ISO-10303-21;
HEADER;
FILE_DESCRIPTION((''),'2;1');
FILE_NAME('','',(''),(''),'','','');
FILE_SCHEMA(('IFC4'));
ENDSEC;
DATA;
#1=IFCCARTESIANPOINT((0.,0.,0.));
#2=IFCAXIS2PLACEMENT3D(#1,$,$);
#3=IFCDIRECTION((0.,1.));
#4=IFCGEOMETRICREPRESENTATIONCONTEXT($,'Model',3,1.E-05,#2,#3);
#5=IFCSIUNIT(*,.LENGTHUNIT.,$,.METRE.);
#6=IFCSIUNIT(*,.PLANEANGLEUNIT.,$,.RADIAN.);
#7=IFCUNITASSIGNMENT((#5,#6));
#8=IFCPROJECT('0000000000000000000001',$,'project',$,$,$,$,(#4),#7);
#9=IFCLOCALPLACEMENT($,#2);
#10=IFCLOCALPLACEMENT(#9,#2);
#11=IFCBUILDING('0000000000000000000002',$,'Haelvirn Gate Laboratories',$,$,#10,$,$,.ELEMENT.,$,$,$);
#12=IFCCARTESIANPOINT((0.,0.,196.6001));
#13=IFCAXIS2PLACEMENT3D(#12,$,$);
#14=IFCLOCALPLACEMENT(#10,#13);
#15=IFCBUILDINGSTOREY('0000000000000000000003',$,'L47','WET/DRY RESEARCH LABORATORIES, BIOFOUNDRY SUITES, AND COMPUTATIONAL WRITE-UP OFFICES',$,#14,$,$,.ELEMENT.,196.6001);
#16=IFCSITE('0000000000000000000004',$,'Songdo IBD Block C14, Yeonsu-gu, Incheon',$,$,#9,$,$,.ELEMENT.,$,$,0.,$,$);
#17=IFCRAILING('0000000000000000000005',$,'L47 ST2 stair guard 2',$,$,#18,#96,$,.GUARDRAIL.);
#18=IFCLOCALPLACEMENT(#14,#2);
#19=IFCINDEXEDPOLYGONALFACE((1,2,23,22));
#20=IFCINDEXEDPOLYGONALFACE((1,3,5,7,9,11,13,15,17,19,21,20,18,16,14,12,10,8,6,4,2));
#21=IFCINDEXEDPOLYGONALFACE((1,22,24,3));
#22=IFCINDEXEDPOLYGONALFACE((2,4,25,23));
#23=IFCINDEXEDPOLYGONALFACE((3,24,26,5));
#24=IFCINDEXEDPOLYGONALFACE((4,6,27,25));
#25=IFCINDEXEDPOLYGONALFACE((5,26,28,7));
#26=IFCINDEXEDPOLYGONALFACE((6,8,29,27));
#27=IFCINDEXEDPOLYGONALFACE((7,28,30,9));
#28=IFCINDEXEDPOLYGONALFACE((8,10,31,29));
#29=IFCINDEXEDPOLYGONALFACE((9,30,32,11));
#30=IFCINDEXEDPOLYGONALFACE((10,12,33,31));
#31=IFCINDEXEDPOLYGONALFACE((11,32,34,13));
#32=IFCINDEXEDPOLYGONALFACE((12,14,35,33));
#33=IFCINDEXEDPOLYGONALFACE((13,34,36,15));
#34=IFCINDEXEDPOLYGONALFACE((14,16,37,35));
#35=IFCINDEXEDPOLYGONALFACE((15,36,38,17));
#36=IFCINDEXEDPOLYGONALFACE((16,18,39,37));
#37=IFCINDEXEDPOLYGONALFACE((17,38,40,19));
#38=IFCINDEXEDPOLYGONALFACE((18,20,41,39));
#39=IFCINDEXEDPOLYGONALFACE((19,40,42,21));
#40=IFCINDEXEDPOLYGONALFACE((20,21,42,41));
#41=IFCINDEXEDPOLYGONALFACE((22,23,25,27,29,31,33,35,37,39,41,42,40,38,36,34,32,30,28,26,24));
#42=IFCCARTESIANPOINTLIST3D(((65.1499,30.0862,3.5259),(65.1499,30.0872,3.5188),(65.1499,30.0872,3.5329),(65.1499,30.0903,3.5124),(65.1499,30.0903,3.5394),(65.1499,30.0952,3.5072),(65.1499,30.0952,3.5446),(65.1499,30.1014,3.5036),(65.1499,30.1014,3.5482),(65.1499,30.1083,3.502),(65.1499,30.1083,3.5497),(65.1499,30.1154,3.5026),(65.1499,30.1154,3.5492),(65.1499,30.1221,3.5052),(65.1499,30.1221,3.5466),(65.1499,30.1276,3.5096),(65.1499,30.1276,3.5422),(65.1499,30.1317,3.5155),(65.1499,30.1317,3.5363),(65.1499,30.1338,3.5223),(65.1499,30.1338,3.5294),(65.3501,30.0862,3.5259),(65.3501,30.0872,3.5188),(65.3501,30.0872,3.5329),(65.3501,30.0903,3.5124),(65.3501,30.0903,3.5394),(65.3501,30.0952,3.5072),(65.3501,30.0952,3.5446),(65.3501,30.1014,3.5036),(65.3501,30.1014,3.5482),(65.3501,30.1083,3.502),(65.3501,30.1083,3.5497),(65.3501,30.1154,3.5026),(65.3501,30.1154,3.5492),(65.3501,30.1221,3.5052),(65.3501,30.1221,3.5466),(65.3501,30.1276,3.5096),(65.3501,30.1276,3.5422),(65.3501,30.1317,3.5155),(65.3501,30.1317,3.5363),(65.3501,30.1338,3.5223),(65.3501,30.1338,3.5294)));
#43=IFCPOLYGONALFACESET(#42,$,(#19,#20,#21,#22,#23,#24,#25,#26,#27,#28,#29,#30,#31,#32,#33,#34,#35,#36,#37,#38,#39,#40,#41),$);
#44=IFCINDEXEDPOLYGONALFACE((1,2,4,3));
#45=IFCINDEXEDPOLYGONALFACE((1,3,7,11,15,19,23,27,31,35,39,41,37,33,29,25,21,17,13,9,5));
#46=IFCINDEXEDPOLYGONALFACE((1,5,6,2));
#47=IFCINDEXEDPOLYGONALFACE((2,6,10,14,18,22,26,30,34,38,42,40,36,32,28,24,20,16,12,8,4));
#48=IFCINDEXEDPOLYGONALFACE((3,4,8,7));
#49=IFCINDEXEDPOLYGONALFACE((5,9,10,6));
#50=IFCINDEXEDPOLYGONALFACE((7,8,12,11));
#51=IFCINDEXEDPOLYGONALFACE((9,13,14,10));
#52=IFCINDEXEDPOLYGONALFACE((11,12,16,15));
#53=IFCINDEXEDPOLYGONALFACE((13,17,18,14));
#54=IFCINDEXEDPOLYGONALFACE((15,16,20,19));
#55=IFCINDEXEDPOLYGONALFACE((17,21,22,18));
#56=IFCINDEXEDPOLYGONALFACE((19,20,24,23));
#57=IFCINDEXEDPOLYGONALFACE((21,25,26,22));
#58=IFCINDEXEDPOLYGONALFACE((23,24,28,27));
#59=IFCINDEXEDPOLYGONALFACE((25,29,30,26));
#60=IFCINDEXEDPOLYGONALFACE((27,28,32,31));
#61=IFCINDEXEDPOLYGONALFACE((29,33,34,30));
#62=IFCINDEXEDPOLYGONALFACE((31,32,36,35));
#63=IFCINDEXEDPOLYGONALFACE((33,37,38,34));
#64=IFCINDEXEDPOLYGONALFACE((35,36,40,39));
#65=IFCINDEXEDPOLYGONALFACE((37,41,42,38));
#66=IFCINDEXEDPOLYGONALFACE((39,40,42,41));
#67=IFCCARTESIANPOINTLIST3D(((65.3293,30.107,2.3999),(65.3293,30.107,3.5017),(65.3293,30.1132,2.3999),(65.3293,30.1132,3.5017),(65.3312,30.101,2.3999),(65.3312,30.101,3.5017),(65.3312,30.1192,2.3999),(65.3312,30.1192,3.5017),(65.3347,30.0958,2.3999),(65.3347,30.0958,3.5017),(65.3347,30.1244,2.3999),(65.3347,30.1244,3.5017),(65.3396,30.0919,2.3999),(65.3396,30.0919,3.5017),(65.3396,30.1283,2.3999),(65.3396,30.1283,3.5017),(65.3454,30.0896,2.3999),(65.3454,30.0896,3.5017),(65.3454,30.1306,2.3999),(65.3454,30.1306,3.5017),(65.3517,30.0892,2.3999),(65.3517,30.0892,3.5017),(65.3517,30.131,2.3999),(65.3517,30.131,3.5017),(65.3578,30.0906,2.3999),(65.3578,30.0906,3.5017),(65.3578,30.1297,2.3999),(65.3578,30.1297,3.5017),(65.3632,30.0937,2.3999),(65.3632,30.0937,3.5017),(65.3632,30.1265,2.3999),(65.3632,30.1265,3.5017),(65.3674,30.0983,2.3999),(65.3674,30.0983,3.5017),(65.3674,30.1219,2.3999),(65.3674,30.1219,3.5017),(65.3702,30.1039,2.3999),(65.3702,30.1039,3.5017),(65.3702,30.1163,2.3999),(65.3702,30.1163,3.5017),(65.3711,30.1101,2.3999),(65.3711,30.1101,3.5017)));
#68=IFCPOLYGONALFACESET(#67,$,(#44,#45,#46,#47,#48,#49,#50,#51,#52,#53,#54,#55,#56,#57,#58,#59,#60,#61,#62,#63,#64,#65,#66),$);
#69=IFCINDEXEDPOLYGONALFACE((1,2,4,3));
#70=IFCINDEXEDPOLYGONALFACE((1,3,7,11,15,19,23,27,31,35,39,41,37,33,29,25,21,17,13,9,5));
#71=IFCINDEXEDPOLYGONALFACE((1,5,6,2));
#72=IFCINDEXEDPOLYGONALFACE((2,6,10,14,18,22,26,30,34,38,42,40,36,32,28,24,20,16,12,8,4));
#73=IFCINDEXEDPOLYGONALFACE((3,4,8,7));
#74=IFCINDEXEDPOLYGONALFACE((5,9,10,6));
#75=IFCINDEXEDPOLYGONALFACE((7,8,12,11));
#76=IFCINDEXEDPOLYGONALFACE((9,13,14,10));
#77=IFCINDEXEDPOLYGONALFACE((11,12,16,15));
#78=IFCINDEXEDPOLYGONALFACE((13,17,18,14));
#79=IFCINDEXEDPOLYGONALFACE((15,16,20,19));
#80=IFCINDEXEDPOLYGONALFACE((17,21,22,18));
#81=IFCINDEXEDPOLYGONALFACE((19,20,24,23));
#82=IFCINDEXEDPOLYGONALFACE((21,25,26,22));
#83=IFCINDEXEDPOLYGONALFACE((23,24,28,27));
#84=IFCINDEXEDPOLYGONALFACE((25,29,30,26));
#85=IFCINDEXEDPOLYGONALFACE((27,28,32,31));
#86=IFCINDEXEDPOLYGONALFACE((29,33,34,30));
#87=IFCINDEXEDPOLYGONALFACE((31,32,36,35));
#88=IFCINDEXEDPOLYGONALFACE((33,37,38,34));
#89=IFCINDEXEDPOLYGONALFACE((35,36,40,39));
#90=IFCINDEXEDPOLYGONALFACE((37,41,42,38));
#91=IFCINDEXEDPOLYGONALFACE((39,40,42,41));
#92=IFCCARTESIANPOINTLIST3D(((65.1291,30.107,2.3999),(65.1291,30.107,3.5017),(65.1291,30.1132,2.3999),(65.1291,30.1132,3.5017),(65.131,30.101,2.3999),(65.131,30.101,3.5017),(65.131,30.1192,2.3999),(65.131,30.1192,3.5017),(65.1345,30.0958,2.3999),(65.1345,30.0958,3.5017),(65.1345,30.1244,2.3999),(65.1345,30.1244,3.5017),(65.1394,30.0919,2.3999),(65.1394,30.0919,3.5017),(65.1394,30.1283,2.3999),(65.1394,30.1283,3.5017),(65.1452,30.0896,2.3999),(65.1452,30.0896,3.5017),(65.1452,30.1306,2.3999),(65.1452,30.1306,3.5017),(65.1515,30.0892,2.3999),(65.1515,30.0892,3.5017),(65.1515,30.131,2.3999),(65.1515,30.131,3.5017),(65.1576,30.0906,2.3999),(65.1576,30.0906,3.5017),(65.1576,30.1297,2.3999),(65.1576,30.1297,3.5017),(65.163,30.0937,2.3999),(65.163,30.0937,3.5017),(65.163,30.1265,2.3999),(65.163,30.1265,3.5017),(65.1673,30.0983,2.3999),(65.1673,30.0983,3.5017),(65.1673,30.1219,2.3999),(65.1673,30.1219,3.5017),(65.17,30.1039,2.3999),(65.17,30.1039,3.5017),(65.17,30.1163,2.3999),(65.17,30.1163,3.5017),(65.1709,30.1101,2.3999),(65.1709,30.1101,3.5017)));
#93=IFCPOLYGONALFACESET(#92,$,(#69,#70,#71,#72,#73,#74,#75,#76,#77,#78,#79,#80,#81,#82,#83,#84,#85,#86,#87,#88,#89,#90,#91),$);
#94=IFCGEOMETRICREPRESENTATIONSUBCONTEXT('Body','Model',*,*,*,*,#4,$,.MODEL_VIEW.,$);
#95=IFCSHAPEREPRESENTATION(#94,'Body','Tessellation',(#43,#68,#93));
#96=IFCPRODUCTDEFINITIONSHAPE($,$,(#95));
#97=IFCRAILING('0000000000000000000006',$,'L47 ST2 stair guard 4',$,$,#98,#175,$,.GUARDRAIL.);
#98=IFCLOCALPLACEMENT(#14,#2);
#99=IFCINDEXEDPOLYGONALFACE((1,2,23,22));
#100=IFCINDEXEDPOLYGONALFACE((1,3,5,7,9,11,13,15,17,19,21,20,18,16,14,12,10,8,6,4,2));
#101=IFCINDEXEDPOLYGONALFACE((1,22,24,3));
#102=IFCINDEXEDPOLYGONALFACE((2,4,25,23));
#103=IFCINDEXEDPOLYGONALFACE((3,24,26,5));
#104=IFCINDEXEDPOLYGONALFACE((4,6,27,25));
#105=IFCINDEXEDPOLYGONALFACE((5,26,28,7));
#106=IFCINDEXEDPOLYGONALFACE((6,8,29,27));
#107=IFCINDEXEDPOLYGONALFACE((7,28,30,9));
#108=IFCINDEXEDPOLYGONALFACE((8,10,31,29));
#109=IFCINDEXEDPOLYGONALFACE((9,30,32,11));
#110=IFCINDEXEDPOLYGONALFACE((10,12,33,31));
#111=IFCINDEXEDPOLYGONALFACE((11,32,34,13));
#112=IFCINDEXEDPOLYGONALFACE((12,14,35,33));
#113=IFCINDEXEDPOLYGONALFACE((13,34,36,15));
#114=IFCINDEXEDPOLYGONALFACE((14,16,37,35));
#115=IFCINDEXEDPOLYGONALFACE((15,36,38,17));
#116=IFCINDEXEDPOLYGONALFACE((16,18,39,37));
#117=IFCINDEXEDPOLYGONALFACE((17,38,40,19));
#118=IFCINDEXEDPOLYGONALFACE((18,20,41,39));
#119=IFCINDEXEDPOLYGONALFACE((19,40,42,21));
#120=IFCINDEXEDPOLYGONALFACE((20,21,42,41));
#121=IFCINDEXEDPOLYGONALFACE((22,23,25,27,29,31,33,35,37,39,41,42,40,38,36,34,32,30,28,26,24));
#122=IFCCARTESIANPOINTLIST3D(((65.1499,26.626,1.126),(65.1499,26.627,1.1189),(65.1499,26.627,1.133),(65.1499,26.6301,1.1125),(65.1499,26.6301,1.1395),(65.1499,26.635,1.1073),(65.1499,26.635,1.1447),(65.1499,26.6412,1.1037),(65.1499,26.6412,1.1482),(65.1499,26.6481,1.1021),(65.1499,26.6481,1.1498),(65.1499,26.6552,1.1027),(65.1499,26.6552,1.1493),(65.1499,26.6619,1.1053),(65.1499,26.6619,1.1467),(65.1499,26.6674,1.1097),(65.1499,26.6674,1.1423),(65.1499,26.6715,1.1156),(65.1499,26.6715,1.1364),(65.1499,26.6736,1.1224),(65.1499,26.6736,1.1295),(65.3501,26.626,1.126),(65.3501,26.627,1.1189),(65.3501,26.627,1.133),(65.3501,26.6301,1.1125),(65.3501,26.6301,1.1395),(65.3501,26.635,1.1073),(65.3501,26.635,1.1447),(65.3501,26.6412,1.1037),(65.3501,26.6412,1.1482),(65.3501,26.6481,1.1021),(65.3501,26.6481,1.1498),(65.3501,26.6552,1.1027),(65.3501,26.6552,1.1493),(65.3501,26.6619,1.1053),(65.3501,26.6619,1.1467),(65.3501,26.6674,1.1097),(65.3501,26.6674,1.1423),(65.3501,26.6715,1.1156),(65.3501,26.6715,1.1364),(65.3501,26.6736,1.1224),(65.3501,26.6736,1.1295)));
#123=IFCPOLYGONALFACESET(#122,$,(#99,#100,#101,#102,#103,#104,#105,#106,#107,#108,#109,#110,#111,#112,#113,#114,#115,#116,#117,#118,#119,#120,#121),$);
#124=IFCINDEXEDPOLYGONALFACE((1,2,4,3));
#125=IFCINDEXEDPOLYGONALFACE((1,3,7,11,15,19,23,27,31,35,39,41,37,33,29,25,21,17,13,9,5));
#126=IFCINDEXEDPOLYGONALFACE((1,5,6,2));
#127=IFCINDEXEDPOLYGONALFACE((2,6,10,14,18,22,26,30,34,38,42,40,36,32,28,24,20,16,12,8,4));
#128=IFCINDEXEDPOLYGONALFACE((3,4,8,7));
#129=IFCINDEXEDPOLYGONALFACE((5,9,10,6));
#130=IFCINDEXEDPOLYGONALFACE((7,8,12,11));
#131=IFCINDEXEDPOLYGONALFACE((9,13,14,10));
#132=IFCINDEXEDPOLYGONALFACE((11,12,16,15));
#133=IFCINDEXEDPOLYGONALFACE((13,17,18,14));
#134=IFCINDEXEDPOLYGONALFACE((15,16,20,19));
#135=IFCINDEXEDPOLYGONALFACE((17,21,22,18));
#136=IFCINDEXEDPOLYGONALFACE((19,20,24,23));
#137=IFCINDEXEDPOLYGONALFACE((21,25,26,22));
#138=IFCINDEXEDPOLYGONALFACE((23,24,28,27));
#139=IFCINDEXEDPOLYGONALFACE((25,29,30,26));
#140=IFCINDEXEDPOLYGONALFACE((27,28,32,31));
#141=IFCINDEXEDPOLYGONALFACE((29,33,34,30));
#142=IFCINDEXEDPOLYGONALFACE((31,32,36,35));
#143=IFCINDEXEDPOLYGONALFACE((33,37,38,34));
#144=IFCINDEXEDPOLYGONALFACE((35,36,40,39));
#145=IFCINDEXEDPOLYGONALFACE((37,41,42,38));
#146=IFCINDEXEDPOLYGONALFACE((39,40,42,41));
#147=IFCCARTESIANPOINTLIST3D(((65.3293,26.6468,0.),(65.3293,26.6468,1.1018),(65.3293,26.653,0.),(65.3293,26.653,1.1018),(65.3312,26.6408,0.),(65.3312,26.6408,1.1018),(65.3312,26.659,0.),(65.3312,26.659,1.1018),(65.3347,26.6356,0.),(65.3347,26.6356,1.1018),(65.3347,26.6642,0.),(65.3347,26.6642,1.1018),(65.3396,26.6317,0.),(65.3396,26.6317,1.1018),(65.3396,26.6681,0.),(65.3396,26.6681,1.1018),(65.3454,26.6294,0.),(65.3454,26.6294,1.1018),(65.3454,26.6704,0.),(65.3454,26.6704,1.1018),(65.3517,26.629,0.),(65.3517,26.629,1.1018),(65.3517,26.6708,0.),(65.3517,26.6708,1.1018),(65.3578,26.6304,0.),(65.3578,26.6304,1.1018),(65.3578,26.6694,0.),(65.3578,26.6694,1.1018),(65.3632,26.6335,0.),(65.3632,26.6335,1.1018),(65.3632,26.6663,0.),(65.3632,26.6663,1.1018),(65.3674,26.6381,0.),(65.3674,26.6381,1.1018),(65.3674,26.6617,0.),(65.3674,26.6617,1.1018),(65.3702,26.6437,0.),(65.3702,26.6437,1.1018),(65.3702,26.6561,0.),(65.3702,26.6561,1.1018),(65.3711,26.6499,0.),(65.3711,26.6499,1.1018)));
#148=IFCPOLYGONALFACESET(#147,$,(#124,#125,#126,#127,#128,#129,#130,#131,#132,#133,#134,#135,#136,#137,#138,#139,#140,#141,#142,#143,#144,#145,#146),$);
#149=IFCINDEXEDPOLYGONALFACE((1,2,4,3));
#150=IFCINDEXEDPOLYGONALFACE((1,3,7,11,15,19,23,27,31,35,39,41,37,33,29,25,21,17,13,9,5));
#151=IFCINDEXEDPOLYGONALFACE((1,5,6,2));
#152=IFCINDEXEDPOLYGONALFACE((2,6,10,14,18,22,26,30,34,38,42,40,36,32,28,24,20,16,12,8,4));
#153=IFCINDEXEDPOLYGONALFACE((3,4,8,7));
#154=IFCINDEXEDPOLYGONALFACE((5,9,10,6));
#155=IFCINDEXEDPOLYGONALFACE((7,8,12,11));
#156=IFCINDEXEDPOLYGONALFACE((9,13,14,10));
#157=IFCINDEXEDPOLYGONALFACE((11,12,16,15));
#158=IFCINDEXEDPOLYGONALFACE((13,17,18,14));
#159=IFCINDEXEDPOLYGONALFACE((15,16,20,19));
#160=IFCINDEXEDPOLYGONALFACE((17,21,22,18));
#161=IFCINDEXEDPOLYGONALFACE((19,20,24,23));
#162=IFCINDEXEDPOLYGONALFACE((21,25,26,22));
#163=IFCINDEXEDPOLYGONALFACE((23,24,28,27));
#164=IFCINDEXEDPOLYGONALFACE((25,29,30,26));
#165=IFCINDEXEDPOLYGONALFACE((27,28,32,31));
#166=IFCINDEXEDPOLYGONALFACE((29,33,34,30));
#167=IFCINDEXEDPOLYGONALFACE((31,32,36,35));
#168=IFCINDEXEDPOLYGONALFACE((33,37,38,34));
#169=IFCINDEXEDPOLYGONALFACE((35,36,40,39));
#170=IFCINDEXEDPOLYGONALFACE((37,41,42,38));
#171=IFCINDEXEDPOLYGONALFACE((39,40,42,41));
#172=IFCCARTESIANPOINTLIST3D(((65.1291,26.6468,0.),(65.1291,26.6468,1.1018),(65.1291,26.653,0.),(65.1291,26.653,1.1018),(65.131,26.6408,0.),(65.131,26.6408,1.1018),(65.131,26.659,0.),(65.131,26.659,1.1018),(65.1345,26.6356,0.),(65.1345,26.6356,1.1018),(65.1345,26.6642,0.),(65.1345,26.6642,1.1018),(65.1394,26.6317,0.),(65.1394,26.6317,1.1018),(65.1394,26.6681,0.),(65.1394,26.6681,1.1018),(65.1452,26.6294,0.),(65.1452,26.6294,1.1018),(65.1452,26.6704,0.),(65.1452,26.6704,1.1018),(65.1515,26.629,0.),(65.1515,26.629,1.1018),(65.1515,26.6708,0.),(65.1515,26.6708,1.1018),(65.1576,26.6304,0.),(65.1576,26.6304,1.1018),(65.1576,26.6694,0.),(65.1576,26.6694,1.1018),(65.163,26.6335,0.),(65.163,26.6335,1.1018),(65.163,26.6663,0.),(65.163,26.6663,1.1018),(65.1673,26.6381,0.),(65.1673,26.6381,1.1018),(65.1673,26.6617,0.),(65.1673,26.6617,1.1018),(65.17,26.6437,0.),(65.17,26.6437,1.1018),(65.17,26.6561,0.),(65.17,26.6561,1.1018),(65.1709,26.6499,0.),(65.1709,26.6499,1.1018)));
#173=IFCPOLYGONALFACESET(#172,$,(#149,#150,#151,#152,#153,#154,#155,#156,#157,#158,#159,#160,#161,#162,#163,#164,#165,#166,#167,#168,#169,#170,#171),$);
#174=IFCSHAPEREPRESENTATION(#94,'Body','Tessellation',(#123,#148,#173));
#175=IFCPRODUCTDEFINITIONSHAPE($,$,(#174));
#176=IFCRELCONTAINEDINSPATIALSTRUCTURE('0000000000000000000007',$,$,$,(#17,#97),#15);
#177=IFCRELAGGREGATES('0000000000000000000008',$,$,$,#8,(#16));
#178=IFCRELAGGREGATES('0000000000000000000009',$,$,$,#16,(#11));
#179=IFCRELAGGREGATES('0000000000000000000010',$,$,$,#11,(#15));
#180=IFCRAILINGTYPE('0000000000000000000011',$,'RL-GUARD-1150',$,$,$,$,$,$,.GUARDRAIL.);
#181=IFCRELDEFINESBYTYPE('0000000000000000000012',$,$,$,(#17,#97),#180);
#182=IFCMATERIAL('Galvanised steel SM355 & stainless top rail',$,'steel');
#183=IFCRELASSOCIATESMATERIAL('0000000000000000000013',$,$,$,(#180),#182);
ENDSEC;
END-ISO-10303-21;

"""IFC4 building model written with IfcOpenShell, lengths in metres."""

from ifc_helpers import new_model, si_unit, direction, frame, origin, origin_2d, place, context, subcontext, project, spatial, circle, extrude, source, transform, mapped, material, type_object, element, save


model = new_model("IFC4")

# Units and contexts
model_context = context("Model", 3, precision=1e-05, world=origin(), true_north=direction((0.0, 1.0)))
body_context = subcontext(model_context, "Body", "Model", "MODEL_VIEW")
ifc_project = project(units=[si_unit("LENGTHUNIT", "METRE"), si_unit("PLANEANGLEUNIT", "RADIAN")], contexts=[model_context])

# Site, building, storey
site_placement = place(None, origin())
site = spatial("IfcSite", under=ifc_project, at=site_placement, Name="Songdo IBD Block C14, Yeonsu-gu, Incheon", CompositionType="ELEMENT", RefElevation=0.0)
building_placement = place(site_placement, origin())
building = spatial("IfcBuilding", under=site, at=building_placement, Name="Haelvirn Gate Laboratories", CompositionType="ELEMENT")
storey_placement = place(building_placement, frame((0.0, 0.0, 196.6001)))
storey = spatial("IfcBuildingStorey", under=building, at=storey_placement, Name="L47", Description="WET/DRY RESEARCH LABORATORIES, BIOFOUNDRY SUITES, AND COMPUTATIONAL WRITE-UP OFFICES", CompositionType="ELEMENT", Elevation=196.6001)

# Railings
ifc_material_1 = material(Name="Galvanised steel SM355 & stainless top rail", Category="steel")
railing_type_1 = type_object("IfcRailingType", Name="RL-GUARD-1150", PredefinedType="GUARDRAIL", material=ifc_material_1)
shared_shape_1 = source(origin(), body_context, "Body", "SweptSolid", [
    extrude(circle(Radius=0.0239, at=origin_2d()), frame((0.0, 0.0, 1.126), z_axis=(-1.0, 0.0, 0.0), x_axis=(0.0, -1.0, 0.0)), (0.0, 0.0, 1.0), 0.2002),
    extrude(circle(Radius=0.021, at=origin_2d()), origin(), (0.0, 0.0, 1.0), 1.1018),
    extrude(circle(Radius=0.021, at=origin_2d()), frame((-0.2002, 0.0, 0.0)), (0.0, 0.0, 1.0), 1.1018),
])
for number, where, name in (
    (1, (65.3501, 30.1101, 2.3999), "L47 ST2 stair guard 2"),
    (2, (65.3501, 26.6499, 0.0), "L47 ST2 stair guard 4"),
):
    element("IfcRailing", number, at=place(storey_placement, frame(where)), inside=storey, type_object=railing_type_1, Name=name, PredefinedType="GUARDRAIL", context=body_context, shape_type="MappedRepresentation", body=[
        mapped(shared_shape_1, transform((0.0, 0.0, 0.0), scale=1.0)),
    ])

save(model, "model.ifc")
